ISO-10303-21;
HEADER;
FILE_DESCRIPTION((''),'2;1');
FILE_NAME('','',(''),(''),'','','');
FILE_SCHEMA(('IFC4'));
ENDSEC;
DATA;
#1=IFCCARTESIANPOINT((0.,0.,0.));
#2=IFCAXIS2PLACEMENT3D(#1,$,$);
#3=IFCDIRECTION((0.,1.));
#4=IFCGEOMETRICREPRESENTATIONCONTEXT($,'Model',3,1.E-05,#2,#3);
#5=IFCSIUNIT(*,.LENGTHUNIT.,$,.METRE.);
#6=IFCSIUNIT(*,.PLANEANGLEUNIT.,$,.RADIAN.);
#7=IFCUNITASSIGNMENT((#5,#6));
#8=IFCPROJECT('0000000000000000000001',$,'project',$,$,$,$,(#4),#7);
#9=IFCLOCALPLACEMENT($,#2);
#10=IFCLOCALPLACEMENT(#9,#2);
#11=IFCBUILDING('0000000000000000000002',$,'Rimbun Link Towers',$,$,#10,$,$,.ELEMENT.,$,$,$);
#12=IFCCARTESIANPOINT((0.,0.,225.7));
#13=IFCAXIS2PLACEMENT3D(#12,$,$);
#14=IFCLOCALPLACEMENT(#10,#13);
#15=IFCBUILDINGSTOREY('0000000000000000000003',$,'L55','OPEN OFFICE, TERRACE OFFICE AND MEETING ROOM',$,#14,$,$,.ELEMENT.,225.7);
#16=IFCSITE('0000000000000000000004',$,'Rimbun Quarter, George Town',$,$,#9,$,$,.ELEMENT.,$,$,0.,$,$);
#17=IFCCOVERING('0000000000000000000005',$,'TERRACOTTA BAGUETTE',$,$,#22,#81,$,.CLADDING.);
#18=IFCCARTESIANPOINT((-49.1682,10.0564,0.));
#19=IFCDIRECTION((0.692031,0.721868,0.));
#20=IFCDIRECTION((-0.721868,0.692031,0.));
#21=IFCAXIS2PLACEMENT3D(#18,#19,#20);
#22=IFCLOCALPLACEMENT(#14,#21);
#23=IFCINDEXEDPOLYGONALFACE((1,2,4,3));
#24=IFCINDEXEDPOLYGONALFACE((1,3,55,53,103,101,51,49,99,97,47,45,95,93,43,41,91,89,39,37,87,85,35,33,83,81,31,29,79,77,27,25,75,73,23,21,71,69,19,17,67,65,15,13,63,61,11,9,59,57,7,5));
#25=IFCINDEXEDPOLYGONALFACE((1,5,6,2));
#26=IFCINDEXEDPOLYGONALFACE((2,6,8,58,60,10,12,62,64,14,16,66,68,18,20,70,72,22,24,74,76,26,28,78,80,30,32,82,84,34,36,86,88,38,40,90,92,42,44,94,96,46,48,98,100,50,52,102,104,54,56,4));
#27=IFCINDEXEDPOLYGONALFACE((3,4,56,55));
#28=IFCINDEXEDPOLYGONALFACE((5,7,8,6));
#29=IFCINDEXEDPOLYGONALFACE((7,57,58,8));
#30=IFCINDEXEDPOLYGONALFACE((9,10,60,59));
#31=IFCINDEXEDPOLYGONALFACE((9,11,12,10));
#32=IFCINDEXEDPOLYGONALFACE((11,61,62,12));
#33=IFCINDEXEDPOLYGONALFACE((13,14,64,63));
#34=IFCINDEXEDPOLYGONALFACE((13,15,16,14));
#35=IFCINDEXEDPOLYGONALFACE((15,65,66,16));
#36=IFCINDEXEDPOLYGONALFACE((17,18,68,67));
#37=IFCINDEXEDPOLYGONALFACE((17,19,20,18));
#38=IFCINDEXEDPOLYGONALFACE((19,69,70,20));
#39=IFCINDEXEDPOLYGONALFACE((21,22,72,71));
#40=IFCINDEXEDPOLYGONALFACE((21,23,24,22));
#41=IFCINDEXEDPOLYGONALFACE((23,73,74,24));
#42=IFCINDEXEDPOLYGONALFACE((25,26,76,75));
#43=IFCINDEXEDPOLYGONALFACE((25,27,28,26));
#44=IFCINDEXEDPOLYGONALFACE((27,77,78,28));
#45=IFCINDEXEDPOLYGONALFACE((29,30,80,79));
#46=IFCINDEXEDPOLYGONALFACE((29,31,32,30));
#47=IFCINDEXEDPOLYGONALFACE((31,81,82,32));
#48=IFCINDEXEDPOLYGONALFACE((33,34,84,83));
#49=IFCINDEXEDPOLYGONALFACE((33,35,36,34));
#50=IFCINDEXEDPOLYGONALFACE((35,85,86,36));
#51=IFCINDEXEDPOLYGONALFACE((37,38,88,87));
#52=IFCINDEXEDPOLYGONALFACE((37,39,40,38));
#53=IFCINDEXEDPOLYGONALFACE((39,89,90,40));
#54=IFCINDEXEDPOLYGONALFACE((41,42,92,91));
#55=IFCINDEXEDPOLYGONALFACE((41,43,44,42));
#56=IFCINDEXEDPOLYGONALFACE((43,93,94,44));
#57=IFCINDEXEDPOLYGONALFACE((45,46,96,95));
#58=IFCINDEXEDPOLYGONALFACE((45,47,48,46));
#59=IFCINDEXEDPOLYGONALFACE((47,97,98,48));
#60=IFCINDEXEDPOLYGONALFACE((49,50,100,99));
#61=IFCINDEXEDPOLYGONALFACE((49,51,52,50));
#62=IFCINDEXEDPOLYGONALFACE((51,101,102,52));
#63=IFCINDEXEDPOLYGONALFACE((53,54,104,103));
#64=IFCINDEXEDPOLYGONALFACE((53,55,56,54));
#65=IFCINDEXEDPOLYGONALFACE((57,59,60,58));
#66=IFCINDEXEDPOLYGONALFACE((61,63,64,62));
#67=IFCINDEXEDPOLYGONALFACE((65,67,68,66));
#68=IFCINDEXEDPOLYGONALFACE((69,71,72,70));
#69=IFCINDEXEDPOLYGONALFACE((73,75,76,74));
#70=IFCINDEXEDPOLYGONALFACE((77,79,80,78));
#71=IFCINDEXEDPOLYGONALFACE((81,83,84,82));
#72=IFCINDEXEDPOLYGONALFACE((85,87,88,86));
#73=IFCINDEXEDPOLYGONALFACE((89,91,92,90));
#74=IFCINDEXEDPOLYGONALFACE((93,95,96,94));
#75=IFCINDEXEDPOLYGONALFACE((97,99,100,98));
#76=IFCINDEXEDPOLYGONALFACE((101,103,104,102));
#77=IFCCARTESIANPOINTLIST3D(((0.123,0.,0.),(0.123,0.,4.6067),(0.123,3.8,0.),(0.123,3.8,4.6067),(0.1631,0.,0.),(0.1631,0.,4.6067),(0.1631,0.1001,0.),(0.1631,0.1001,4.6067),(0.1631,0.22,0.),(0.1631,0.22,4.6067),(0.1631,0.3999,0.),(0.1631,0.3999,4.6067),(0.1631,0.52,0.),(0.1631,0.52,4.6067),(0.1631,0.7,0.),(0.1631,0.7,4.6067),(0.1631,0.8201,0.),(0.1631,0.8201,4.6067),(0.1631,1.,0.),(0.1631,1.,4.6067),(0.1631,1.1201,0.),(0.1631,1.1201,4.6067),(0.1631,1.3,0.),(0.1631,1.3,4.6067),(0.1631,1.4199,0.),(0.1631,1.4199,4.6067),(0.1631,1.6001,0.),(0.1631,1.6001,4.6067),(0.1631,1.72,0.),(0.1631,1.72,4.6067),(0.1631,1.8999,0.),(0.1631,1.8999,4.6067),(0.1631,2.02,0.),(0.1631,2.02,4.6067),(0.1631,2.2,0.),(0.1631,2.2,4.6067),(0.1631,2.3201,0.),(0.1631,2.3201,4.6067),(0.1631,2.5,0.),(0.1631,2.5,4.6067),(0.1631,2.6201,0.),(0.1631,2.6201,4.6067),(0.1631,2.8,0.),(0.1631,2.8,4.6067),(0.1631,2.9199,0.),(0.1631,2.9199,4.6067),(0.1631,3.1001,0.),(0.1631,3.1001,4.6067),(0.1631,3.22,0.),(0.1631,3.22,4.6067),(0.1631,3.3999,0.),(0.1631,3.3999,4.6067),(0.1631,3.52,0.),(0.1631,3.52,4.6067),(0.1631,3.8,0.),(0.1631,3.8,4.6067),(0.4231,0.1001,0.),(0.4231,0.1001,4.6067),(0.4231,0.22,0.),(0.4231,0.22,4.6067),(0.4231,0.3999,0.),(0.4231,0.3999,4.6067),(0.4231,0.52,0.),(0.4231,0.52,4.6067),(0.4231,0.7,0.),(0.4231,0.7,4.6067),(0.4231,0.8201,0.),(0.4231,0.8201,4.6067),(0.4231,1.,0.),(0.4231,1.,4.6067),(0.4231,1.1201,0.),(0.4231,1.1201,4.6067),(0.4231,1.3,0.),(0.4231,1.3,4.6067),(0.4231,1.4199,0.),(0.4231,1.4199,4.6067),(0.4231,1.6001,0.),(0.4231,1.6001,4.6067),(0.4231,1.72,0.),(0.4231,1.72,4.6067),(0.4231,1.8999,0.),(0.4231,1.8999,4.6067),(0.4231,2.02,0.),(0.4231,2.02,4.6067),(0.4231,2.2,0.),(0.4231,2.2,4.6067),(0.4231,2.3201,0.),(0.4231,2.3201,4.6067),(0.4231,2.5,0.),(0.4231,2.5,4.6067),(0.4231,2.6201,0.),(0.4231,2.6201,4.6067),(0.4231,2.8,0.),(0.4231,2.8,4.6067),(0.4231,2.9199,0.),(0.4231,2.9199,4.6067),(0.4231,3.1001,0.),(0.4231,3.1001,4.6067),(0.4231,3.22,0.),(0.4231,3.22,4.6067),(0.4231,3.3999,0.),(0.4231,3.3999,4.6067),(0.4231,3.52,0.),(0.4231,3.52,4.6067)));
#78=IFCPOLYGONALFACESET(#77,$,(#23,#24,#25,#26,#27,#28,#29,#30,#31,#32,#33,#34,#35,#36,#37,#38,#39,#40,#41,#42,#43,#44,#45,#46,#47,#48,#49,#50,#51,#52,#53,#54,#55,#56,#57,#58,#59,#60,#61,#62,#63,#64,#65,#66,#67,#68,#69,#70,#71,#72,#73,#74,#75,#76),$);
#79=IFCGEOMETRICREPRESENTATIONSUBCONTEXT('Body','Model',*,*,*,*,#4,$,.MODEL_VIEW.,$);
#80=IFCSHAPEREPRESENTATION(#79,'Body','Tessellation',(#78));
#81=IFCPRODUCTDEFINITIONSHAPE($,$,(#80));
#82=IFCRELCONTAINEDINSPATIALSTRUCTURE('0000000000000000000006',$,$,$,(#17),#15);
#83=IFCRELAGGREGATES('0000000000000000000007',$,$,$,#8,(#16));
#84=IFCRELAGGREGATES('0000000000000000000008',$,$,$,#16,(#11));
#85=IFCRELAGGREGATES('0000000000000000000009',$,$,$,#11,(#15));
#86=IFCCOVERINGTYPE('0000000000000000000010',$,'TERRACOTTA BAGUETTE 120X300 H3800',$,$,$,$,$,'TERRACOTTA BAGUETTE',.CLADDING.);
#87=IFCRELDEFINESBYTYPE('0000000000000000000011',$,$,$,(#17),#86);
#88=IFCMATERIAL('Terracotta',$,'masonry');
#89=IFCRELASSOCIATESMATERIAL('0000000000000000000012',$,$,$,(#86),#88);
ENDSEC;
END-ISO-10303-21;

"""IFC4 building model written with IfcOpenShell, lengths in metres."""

from ifc_helpers import new_model, si_unit, direction, frame, origin, place, context, subcontext, project, spatial, polyline, outline, extrude, material, material_profile, profile_set, type_object, element, save


model = new_model("IFC4")

# Units and contexts
model_context = context("Model", 3, precision=1e-05, world=origin(), true_north=direction((0.0, 1.0)))
body_context = subcontext(model_context, "Body", "Model", "MODEL_VIEW")
ifc_project = project(units=[si_unit("LENGTHUNIT", "METRE"), si_unit("PLANEANGLEUNIT", "RADIAN")], contexts=[model_context])

# Site, building, storey
site_placement = place(None, origin())
site = spatial("IfcSite", under=ifc_project, at=site_placement, Name="Rimbun Quarter, George Town", CompositionType="ELEMENT", RefElevation=0.0)
building_placement = place(site_placement, origin())
building = spatial("IfcBuilding", under=site, at=building_placement, Name="Rimbun Link Towers", CompositionType="ELEMENT")
storey_placement = place(building_placement, frame((0.0, 0.0, 225.7)))
storey = spatial("IfcBuildingStorey", under=building, at=storey_placement, Name="L55", Description="OPEN OFFICE, TERRACE OFFICE AND MEETING ROOM", CompositionType="ELEMENT", Elevation=225.7)

# Covering
ifc_material_1 = material(Name="Terracotta", Category="masonry")
ifc_material_profile_1 = material_profile(ifc_material_1, outline(polyline([(0.123, 0.0), (0.1631, 0.0), (0.1631, 0.1001), (0.4231, 0.1001), (0.4231, 0.22), (0.1631, 0.22), (0.1631, 0.3999), (0.4231, 0.3999), (0.4231, 0.52), (0.1631, 0.52), (0.1631, 0.7), (0.4231, 0.7), (0.4231, 0.8201), (0.1631, 0.8201), (0.1631, 1.0), (0.4231, 1.0), (0.4231, 1.1201), (0.1631, 1.1201), (0.1631, 1.3), (0.4231, 1.3), (0.4231, 1.4199), (0.1631, 1.4199), (0.1631, 1.6001), (0.4231, 1.6001), (0.4231, 1.72), (0.1631, 1.72), (0.1631, 1.8999), (0.4231, 1.8999), (0.4231, 2.02), (0.1631, 2.02), (0.1631, 2.2), (0.4231, 2.2), (0.4231, 2.3201), (0.1631, 2.3201), (0.1631, 2.5), (0.4231, 2.5), (0.4231, 2.6201), (0.1631, 2.6201), (0.1631, 2.8), (0.4231, 2.8), (0.4231, 2.9199), (0.1631, 2.9199), (0.1631, 3.1001), (0.4231, 3.1001), (0.4231, 3.22), (0.1631, 3.22), (0.1631, 3.3999), (0.4231, 3.3999), (0.4231, 3.52), (0.1631, 3.52), (0.1631, 3.8), (0.123, 3.8), (0.123, 0.0)])), Name="BAGUETTE 120X300")
ifc_profile_set_1 = profile_set([ifc_material_profile_1], Name="Terracotta")
covering_type = type_object("IfcCoveringType", Name="TERRACOTTA BAGUETTE 120X300 H3800", ElementType="TERRACOTTA BAGUETTE", PredefinedType="CLADDING", material=ifc_profile_set_1)
covering_1_placement = place(storey_placement, frame((-49.1682, 10.0564, 0.0), z_axis=(0.692031, 0.721868, 0.0), x_axis=(-0.721868, 0.692031, 0.0)))
element("IfcCovering", 1, at=covering_1_placement, inside=storey, type_object=covering_type, Name="TERRACOTTA BAGUETTE", PredefinedType="CLADDING", context=body_context, shape_type="SweptSolid", body=[
    extrude(outline(polyline([(0.123, 0.0), (0.1631, 0.0), (0.1631, 0.1001), (0.4231, 0.1001), (0.4231, 0.22), (0.1631, 0.22), (0.1631, 0.3999), (0.4231, 0.3999), (0.4231, 0.52), (0.1631, 0.52), (0.1631, 0.7), (0.4231, 0.7), (0.4231, 0.8201), (0.1631, 0.8201), (0.1631, 1.0), (0.4231, 1.0), (0.4231, 1.1201), (0.1631, 1.1201), (0.1631, 1.3), (0.4231, 1.3), (0.4231, 1.4199), (0.1631, 1.4199), (0.1631, 1.6001), (0.4231, 1.6001), (0.4231, 1.72), (0.1631, 1.72), (0.1631, 1.8999), (0.4231, 1.8999), (0.4231, 2.02), (0.1631, 2.02), (0.1631, 2.2), (0.4231, 2.2), (0.4231, 2.3201), (0.1631, 2.3201), (0.1631, 2.5), (0.4231, 2.5), (0.4231, 2.6201), (0.1631, 2.6201), (0.1631, 2.8), (0.4231, 2.8), (0.4231, 2.9199), (0.1631, 2.9199), (0.1631, 3.1001), (0.4231, 3.1001), (0.4231, 3.22), (0.1631, 3.22), (0.1631, 3.3999), (0.4231, 3.3999), (0.4231, 3.52), (0.1631, 3.52), (0.1631, 3.8), (0.123, 3.8), (0.123, 0.0)])), origin(), (0.0, 0.0, 1.0), 4.6067),
])

save(model, "model.ifc")
